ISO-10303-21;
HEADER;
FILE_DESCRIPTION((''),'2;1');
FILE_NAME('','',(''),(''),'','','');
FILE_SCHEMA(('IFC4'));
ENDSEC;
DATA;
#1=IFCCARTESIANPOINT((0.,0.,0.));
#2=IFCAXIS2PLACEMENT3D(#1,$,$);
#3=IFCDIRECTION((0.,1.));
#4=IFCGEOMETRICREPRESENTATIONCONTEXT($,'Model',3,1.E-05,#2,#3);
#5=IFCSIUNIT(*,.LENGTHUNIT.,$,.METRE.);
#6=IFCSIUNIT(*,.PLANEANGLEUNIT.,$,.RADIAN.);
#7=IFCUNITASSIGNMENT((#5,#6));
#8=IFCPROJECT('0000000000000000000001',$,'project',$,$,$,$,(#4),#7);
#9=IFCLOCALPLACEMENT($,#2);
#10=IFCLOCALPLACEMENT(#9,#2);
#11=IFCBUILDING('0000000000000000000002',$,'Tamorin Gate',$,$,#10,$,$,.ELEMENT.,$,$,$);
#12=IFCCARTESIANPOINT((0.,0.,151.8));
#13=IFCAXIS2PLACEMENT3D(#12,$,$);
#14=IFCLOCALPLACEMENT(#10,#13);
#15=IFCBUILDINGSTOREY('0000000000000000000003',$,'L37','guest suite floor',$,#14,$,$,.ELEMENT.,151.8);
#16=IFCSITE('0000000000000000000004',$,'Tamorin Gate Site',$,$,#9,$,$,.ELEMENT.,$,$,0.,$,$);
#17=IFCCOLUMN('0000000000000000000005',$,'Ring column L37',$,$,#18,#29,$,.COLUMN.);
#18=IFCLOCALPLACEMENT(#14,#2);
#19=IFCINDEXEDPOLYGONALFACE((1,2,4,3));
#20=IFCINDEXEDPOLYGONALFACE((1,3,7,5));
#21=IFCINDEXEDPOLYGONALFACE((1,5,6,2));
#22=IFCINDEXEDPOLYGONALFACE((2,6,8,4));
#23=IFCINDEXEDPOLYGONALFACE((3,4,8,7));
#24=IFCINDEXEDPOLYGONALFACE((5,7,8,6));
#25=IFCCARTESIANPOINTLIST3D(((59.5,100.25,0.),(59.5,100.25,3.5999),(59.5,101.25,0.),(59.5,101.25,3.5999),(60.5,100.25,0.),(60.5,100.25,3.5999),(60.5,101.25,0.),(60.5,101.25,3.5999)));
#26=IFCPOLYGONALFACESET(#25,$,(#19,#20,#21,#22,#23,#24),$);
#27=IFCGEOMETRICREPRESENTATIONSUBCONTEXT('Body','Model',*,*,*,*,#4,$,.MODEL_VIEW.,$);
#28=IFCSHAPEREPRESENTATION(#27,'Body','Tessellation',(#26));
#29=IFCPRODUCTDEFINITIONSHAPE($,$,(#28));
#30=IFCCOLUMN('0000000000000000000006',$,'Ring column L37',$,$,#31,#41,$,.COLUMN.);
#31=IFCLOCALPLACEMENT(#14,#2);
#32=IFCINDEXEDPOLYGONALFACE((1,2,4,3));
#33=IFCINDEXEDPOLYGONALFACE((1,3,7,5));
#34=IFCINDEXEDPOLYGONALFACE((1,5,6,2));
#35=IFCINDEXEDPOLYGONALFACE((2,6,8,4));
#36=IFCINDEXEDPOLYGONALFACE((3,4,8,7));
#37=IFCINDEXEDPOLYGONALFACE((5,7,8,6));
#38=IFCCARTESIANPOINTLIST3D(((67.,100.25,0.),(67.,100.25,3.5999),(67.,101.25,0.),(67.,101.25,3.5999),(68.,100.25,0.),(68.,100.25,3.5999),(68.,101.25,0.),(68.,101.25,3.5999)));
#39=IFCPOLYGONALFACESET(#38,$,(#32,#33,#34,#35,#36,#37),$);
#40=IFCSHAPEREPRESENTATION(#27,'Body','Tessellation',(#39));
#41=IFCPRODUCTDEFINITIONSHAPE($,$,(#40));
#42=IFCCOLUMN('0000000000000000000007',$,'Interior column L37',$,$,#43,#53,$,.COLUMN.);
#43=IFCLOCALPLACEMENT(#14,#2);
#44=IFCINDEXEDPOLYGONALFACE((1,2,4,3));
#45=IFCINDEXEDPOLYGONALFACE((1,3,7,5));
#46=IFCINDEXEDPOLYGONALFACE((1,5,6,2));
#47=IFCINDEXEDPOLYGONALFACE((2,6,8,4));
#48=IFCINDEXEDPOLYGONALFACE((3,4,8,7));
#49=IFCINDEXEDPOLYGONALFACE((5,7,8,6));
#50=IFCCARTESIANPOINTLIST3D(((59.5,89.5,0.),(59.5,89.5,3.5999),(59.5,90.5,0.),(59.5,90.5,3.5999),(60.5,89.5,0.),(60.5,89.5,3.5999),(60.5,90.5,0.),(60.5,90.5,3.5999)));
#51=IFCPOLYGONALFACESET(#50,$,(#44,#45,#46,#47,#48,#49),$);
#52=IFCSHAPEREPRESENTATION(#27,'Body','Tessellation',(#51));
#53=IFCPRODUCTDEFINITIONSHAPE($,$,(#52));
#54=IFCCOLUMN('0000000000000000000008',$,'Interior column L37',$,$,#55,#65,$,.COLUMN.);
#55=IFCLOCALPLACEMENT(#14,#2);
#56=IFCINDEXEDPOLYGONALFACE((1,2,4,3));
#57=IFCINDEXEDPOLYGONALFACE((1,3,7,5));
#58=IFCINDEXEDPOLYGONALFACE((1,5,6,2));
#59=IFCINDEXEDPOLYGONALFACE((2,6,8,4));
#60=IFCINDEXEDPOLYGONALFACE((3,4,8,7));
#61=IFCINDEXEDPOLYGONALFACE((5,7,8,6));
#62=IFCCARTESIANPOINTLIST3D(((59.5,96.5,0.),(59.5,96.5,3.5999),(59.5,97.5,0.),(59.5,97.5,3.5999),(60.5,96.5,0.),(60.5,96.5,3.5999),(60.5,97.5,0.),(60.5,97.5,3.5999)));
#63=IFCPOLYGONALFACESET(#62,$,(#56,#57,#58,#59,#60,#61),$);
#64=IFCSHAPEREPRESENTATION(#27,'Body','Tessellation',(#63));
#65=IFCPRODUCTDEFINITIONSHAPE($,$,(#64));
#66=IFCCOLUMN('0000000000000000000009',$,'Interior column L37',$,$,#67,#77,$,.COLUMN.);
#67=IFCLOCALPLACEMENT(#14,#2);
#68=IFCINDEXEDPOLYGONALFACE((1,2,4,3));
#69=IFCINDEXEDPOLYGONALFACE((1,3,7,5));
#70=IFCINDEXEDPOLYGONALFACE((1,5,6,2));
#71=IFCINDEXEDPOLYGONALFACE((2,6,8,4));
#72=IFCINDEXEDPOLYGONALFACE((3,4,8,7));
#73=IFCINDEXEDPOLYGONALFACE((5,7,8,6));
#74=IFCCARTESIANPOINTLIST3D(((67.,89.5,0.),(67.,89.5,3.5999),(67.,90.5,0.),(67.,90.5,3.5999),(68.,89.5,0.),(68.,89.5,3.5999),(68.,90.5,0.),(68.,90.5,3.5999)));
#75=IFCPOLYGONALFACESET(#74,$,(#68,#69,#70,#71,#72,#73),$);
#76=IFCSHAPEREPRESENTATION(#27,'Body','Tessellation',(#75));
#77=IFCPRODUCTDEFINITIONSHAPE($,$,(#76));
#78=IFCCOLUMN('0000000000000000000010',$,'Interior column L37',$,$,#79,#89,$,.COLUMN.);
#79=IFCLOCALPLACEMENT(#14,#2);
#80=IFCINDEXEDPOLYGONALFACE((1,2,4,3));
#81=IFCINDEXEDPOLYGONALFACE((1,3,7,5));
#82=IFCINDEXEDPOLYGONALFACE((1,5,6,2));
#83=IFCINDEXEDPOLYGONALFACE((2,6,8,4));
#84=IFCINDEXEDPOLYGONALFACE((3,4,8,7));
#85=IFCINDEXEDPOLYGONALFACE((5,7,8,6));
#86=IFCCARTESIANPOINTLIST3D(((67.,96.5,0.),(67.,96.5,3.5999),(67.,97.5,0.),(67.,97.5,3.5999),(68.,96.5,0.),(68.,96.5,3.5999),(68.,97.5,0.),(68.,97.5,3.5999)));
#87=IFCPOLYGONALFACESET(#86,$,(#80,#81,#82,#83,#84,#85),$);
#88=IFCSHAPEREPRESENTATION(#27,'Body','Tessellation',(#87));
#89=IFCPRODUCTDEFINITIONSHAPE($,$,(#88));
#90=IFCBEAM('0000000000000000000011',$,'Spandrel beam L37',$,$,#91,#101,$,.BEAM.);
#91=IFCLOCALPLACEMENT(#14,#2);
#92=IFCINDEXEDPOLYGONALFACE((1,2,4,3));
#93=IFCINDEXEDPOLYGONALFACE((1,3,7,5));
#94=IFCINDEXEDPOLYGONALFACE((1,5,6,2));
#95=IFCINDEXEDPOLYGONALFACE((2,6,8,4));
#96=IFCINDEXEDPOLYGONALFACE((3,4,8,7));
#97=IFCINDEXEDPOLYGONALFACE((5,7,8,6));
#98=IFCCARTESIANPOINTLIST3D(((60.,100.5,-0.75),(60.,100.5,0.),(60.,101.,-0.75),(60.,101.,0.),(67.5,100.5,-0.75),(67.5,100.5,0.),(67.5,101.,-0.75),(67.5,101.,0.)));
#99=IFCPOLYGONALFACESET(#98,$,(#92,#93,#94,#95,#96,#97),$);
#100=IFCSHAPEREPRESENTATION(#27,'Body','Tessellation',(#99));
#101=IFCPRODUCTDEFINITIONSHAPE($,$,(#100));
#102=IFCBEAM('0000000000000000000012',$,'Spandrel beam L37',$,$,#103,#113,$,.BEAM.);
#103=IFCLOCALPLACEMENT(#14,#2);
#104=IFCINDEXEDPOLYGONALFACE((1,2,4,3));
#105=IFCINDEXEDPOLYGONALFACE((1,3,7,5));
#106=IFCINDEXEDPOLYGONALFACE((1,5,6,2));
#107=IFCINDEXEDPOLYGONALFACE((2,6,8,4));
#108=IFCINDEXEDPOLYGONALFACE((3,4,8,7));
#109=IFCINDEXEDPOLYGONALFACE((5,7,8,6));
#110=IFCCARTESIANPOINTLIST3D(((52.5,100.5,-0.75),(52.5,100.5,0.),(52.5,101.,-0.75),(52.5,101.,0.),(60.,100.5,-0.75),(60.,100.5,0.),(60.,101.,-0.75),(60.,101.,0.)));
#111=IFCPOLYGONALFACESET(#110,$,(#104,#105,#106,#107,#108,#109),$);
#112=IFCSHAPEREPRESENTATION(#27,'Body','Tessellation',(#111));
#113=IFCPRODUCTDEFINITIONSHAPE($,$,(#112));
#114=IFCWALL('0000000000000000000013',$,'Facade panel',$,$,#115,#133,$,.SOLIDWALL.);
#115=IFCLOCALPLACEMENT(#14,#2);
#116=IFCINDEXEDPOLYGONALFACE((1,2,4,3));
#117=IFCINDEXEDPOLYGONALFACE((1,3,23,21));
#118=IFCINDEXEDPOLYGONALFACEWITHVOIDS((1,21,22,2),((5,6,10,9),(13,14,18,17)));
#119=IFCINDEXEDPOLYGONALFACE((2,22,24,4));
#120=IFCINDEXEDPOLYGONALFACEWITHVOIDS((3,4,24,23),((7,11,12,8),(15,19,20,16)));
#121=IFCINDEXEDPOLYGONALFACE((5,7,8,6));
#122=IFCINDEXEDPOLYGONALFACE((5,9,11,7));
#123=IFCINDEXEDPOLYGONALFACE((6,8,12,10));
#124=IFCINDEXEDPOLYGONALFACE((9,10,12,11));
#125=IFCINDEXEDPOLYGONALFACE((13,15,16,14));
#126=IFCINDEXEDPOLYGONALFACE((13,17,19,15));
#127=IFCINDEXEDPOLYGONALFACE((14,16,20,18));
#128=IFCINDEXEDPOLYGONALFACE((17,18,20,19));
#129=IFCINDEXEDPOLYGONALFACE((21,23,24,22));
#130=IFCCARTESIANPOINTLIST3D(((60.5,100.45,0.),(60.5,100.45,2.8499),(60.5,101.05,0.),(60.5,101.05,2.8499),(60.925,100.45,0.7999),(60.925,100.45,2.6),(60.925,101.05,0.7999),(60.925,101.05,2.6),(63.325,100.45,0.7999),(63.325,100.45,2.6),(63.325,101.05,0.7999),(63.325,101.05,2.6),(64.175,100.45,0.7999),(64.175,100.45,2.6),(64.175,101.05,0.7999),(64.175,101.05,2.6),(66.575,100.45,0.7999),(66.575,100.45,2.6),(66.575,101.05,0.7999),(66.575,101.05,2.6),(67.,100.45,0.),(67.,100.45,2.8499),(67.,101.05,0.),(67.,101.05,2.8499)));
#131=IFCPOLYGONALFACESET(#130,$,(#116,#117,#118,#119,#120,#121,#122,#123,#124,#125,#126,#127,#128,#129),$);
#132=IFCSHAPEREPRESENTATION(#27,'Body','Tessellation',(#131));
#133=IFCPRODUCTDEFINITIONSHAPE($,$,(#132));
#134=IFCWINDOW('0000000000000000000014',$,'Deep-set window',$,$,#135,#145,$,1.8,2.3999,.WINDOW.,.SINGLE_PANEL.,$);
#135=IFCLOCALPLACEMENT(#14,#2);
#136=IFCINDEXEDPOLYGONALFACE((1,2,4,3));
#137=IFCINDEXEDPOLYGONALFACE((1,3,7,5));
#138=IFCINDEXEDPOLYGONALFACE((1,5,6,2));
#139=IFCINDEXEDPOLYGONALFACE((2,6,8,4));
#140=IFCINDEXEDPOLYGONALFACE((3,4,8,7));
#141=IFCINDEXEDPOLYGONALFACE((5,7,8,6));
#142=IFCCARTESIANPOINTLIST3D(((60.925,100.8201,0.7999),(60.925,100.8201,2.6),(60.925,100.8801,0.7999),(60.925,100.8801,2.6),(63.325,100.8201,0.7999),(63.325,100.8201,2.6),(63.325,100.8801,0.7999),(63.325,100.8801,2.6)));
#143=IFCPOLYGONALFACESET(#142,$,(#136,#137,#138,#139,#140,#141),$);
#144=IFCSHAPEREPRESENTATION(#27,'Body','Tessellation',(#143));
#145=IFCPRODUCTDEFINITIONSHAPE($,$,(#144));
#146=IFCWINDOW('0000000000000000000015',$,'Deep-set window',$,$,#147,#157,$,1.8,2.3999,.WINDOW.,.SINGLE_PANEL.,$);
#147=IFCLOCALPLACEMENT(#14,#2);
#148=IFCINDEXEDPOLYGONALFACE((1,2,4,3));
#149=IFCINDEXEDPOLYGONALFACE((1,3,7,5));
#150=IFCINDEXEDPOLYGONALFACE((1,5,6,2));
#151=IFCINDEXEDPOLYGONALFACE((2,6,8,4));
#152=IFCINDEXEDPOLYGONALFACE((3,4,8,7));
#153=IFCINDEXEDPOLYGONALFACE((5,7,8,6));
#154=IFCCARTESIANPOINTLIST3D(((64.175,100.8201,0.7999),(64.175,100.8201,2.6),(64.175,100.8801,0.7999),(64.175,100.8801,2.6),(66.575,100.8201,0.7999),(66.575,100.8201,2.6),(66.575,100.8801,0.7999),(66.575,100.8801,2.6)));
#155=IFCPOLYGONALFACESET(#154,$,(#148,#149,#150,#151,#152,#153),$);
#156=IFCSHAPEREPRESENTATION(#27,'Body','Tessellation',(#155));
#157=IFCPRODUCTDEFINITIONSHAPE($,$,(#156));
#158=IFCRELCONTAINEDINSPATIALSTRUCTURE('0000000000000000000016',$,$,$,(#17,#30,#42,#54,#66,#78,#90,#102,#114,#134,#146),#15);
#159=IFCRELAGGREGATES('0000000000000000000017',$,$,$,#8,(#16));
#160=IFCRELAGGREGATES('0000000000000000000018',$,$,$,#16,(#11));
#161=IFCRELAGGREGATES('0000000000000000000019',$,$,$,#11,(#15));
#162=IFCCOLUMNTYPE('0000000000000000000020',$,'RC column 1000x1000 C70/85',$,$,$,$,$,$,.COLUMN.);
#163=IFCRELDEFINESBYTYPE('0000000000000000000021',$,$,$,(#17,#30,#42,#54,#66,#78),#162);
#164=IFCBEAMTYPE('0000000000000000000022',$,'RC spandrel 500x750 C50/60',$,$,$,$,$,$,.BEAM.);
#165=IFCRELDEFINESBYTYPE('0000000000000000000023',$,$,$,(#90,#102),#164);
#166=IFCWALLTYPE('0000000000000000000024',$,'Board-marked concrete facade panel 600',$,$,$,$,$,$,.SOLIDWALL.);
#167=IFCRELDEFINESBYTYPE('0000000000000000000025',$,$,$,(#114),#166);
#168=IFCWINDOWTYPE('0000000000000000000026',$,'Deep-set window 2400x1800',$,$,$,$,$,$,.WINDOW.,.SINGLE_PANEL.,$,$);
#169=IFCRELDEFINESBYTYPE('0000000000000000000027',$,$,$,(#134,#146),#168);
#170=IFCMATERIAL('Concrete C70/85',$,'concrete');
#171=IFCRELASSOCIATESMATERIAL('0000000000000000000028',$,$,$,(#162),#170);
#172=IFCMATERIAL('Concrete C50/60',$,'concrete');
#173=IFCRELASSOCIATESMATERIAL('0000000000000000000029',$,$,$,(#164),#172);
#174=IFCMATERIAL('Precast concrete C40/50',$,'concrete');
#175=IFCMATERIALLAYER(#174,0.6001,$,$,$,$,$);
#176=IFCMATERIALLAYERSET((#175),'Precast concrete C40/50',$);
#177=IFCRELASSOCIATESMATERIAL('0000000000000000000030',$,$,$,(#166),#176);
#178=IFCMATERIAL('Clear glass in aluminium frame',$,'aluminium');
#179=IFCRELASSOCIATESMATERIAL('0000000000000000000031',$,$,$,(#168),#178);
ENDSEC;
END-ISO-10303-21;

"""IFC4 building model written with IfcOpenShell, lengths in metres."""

from ifc_helpers import new_model, si_unit, direction, frame, frame_2d, origin, origin_2d, place, context, subcontext, project, spatial, rectangle, extrude, material, layer, layer_set, material_profile, profile_set, type_object, element, fill, save


model = new_model("IFC4")

# Units and contexts
model_context = context("Model", 3, precision=1e-05, world=origin(), true_north=direction((0.0, 1.0)))
body_context = subcontext(model_context, "Body", "Model", "MODEL_VIEW")
ifc_project = project(units=[si_unit("LENGTHUNIT", "METRE"), si_unit("PLANEANGLEUNIT", "RADIAN")], contexts=[model_context])

# Site, building, storey
site_placement = place(None, origin())
site = spatial("IfcSite", under=ifc_project, at=site_placement, Name="Tamorin Gate Site", CompositionType="ELEMENT", RefElevation=0.0)
building_placement = place(site_placement, origin())
building = spatial("IfcBuilding", under=site, at=building_placement, Name="Tamorin Gate", CompositionType="ELEMENT")
storey_placement = place(building_placement, frame((0.0, 0.0, 151.8)))
storey = spatial("IfcBuildingStorey", under=building, at=storey_placement, Name="L37", Description="guest suite floor", CompositionType="ELEMENT", Elevation=151.8)

# Columns
ifc_material_1 = material(Name="Concrete C70/85", Category="concrete")
ifc_material_profile_1 = material_profile(ifc_material_1, rectangle(XDim=1.0, YDim=1.0, at=origin_2d()), Name="RC 1000x1000")
ifc_profile_set_1 = profile_set([ifc_material_profile_1], Name="Concrete C70/85")
column_type = type_object("IfcColumnType", Name="RC column 1000x1000 C70/85", PredefinedType="COLUMN", material=ifc_profile_set_1)
for number, where, z_axis, x_axis, name in (
    (1, (60.0, 100.75, 0.0), (0.0, 0.0, 1.0), (1.0, 0.0, 0.0), "Ring column L37"),
    (2, (67.5, 100.75, 0.0), (0.0, 0.0, 1.0), (1.0, 0.0, 0.0), "Ring column L37"),
    (3, (60.0, 90.0, 0.0), (0.0, 0.0, 1.0), (1.0, 0.0, 0.0), "Interior column L37"),
    (4, (60.0, 97.0, 0.0), (0.0, 0.0, 1.0), (1.0, 0.0, 0.0), "Interior column L37"),
    (5, (67.5, 90.0, 0.0), (0.0, 0.0, 1.0), (1.0, 0.0, 0.0), "Interior column L37"),
    (6, (67.5, 97.0, 0.0), (0.0, 0.0, 1.0), (1.0, 0.0, 0.0), "Interior column L37"),
):
    element("IfcColumn", number, at=place(storey_placement, frame(where, z_axis=z_axis, x_axis=x_axis)), inside=storey, type_object=column_type, Name=name, PredefinedType="COLUMN", context=body_context, shape_type="SweptSolid", body=[
        extrude(rectangle(XDim=1.0, YDim=1.0, at=origin_2d()), origin(), (0.0, 0.0, 1.0), 3.5999),
    ])

# Beams
ifc_material_2 = material(Name="Concrete C50/60", Category="concrete")
ifc_material_profile_2 = material_profile(ifc_material_2, rectangle(XDim=0.5, YDim=0.75, at=origin_2d()), Name="RC 500x750")
ifc_profile_set_2 = profile_set([ifc_material_profile_2], Name="Concrete C50/60")
beam_type = type_object("IfcBeamType", Name="RC spandrel 500x750 C50/60", PredefinedType="BEAM", material=ifc_profile_set_2)
for number, where, z_axis, x_axis, name in (
    (7, (67.5, 100.75, -0.375), (-1.0, 0.0, 0.0), (0.0, -1.0, 0.0), "Spandrel beam L37"),
    (8, (60.0, 100.75, -0.375), (-1.0, 0.0, 0.0), (0.0, -1.0, 0.0), "Spandrel beam L37"),
):
    element("IfcBeam", number, at=place(storey_placement, frame(where, z_axis=z_axis, x_axis=x_axis)), inside=storey, type_object=beam_type, Name=name, PredefinedType="BEAM", context=body_context, shape_type="SweptSolid", body=[
        extrude(rectangle(XDim=0.5, YDim=0.75, at=origin_2d()), origin(), (0.0, 0.0, 1.0), 7.5),
    ])

# Wall, openings, windows
ifc_material_3 = material(Name="Precast concrete C40/50", Category="concrete")
ifc_layer_1 = layer(ifc_material_3, 0.6001)
ifc_layer_set_1 = layer_set([ifc_layer_1], Name="Precast concrete C40/50")
wall_type_1 = type_object("IfcWallType", Name="Board-marked concrete facade panel 600", PredefinedType="SOLIDWALL", material=ifc_layer_set_1)
wall_1_placement = place(storey_placement, frame((67.0, 100.75, 0.0), z_axis=(0.0, 0.0, 1.0), x_axis=(-1.0, 0.0, 0.0)))
wall_1 = element("IfcWall", 9, at=wall_1_placement, inside=storey, type_object=wall_type_1, Name="Facade panel", PredefinedType="SOLIDWALL", context=body_context, shape_type="SweptSolid", body=[
    extrude(rectangle(XDim=6.5, YDim=0.6001, at=frame_2d((3.25, 0.0))), origin(), (0.0, 0.0, 1.0), 2.8499),
])
opening_1_placement = place(wall_1_placement, frame((3.675, 0.0, 0.8)))
opening_1 = element("IfcOpeningElement", 10, at=opening_1_placement, cuts=wall_1, PredefinedType="OPENING", context=body_context, shape_type="SweptSolid", body=[
    extrude(rectangle(XDim=2.3999, YDim=1.8, at=frame_2d((1.2, 0.8999))), frame((0.0, 0.3101, 0.0), z_axis=(0.0, -1.0, 0.0), x_axis=(1.0, 0.0, 0.0)), (0.0, 0.0, 1.0), 0.6201),
])
opening_2_placement = place(wall_1_placement, frame((0.425, 0.0, 0.8)))
opening_2 = element("IfcOpeningElement", 11, at=opening_2_placement, cuts=wall_1, PredefinedType="OPENING", context=body_context, shape_type="SweptSolid", body=[
    extrude(rectangle(XDim=2.3999, YDim=1.8, at=frame_2d((1.2, 0.8999))), frame((0.0, 0.3101, 0.0), z_axis=(0.0, -1.0, 0.0), x_axis=(1.0, 0.0, 0.0)), (0.0, 0.0, 1.0), 0.6201),
])
ifc_material_4 = material(Name="Clear glass in aluminium frame", Category="aluminium")
window_type = type_object("IfcWindowType", Name="Deep-set window 2400x1800", PartitioningType="SINGLE_PANEL", PredefinedType="WINDOW", material=ifc_material_4)
window_1_placement = place(opening_1_placement, origin())
window_1 = element("IfcWindow", 12, at=window_1_placement, inside=storey, type_object=window_type, Name="Deep-set window", OverallHeight=1.8, OverallWidth=2.3999, PartitioningType="SINGLE_PANEL", PredefinedType="WINDOW", context=body_context, shape_type="SweptSolid", body=[
    extrude(rectangle(XDim=2.3999, YDim=1.8, at=frame_2d((1.2, 0.8999))), frame((0.0, -0.0701, 0.0), z_axis=(0.0, -1.0, 0.0), x_axis=(1.0, 0.0, 0.0)), (0.0, 0.0, 1.0), 0.0601),
])
fill(opening_1, window_1)
window_2_placement = place(opening_2_placement, origin())
window_2 = element("IfcWindow", 13, at=window_2_placement, inside=storey, type_object=window_type, Name="Deep-set window", OverallHeight=1.8, OverallWidth=2.3999, PartitioningType="SINGLE_PANEL", PredefinedType="WINDOW", context=body_context, shape_type="SweptSolid", body=[
    extrude(rectangle(XDim=2.3999, YDim=1.8, at=frame_2d((1.2, 0.8999))), frame((0.0, -0.0701, 0.0), z_axis=(0.0, -1.0, 0.0), x_axis=(1.0, 0.0, 0.0)), (0.0, 0.0, 1.0), 0.0601),
])
fill(opening_2, window_2)

save(model, "model.ifc")
